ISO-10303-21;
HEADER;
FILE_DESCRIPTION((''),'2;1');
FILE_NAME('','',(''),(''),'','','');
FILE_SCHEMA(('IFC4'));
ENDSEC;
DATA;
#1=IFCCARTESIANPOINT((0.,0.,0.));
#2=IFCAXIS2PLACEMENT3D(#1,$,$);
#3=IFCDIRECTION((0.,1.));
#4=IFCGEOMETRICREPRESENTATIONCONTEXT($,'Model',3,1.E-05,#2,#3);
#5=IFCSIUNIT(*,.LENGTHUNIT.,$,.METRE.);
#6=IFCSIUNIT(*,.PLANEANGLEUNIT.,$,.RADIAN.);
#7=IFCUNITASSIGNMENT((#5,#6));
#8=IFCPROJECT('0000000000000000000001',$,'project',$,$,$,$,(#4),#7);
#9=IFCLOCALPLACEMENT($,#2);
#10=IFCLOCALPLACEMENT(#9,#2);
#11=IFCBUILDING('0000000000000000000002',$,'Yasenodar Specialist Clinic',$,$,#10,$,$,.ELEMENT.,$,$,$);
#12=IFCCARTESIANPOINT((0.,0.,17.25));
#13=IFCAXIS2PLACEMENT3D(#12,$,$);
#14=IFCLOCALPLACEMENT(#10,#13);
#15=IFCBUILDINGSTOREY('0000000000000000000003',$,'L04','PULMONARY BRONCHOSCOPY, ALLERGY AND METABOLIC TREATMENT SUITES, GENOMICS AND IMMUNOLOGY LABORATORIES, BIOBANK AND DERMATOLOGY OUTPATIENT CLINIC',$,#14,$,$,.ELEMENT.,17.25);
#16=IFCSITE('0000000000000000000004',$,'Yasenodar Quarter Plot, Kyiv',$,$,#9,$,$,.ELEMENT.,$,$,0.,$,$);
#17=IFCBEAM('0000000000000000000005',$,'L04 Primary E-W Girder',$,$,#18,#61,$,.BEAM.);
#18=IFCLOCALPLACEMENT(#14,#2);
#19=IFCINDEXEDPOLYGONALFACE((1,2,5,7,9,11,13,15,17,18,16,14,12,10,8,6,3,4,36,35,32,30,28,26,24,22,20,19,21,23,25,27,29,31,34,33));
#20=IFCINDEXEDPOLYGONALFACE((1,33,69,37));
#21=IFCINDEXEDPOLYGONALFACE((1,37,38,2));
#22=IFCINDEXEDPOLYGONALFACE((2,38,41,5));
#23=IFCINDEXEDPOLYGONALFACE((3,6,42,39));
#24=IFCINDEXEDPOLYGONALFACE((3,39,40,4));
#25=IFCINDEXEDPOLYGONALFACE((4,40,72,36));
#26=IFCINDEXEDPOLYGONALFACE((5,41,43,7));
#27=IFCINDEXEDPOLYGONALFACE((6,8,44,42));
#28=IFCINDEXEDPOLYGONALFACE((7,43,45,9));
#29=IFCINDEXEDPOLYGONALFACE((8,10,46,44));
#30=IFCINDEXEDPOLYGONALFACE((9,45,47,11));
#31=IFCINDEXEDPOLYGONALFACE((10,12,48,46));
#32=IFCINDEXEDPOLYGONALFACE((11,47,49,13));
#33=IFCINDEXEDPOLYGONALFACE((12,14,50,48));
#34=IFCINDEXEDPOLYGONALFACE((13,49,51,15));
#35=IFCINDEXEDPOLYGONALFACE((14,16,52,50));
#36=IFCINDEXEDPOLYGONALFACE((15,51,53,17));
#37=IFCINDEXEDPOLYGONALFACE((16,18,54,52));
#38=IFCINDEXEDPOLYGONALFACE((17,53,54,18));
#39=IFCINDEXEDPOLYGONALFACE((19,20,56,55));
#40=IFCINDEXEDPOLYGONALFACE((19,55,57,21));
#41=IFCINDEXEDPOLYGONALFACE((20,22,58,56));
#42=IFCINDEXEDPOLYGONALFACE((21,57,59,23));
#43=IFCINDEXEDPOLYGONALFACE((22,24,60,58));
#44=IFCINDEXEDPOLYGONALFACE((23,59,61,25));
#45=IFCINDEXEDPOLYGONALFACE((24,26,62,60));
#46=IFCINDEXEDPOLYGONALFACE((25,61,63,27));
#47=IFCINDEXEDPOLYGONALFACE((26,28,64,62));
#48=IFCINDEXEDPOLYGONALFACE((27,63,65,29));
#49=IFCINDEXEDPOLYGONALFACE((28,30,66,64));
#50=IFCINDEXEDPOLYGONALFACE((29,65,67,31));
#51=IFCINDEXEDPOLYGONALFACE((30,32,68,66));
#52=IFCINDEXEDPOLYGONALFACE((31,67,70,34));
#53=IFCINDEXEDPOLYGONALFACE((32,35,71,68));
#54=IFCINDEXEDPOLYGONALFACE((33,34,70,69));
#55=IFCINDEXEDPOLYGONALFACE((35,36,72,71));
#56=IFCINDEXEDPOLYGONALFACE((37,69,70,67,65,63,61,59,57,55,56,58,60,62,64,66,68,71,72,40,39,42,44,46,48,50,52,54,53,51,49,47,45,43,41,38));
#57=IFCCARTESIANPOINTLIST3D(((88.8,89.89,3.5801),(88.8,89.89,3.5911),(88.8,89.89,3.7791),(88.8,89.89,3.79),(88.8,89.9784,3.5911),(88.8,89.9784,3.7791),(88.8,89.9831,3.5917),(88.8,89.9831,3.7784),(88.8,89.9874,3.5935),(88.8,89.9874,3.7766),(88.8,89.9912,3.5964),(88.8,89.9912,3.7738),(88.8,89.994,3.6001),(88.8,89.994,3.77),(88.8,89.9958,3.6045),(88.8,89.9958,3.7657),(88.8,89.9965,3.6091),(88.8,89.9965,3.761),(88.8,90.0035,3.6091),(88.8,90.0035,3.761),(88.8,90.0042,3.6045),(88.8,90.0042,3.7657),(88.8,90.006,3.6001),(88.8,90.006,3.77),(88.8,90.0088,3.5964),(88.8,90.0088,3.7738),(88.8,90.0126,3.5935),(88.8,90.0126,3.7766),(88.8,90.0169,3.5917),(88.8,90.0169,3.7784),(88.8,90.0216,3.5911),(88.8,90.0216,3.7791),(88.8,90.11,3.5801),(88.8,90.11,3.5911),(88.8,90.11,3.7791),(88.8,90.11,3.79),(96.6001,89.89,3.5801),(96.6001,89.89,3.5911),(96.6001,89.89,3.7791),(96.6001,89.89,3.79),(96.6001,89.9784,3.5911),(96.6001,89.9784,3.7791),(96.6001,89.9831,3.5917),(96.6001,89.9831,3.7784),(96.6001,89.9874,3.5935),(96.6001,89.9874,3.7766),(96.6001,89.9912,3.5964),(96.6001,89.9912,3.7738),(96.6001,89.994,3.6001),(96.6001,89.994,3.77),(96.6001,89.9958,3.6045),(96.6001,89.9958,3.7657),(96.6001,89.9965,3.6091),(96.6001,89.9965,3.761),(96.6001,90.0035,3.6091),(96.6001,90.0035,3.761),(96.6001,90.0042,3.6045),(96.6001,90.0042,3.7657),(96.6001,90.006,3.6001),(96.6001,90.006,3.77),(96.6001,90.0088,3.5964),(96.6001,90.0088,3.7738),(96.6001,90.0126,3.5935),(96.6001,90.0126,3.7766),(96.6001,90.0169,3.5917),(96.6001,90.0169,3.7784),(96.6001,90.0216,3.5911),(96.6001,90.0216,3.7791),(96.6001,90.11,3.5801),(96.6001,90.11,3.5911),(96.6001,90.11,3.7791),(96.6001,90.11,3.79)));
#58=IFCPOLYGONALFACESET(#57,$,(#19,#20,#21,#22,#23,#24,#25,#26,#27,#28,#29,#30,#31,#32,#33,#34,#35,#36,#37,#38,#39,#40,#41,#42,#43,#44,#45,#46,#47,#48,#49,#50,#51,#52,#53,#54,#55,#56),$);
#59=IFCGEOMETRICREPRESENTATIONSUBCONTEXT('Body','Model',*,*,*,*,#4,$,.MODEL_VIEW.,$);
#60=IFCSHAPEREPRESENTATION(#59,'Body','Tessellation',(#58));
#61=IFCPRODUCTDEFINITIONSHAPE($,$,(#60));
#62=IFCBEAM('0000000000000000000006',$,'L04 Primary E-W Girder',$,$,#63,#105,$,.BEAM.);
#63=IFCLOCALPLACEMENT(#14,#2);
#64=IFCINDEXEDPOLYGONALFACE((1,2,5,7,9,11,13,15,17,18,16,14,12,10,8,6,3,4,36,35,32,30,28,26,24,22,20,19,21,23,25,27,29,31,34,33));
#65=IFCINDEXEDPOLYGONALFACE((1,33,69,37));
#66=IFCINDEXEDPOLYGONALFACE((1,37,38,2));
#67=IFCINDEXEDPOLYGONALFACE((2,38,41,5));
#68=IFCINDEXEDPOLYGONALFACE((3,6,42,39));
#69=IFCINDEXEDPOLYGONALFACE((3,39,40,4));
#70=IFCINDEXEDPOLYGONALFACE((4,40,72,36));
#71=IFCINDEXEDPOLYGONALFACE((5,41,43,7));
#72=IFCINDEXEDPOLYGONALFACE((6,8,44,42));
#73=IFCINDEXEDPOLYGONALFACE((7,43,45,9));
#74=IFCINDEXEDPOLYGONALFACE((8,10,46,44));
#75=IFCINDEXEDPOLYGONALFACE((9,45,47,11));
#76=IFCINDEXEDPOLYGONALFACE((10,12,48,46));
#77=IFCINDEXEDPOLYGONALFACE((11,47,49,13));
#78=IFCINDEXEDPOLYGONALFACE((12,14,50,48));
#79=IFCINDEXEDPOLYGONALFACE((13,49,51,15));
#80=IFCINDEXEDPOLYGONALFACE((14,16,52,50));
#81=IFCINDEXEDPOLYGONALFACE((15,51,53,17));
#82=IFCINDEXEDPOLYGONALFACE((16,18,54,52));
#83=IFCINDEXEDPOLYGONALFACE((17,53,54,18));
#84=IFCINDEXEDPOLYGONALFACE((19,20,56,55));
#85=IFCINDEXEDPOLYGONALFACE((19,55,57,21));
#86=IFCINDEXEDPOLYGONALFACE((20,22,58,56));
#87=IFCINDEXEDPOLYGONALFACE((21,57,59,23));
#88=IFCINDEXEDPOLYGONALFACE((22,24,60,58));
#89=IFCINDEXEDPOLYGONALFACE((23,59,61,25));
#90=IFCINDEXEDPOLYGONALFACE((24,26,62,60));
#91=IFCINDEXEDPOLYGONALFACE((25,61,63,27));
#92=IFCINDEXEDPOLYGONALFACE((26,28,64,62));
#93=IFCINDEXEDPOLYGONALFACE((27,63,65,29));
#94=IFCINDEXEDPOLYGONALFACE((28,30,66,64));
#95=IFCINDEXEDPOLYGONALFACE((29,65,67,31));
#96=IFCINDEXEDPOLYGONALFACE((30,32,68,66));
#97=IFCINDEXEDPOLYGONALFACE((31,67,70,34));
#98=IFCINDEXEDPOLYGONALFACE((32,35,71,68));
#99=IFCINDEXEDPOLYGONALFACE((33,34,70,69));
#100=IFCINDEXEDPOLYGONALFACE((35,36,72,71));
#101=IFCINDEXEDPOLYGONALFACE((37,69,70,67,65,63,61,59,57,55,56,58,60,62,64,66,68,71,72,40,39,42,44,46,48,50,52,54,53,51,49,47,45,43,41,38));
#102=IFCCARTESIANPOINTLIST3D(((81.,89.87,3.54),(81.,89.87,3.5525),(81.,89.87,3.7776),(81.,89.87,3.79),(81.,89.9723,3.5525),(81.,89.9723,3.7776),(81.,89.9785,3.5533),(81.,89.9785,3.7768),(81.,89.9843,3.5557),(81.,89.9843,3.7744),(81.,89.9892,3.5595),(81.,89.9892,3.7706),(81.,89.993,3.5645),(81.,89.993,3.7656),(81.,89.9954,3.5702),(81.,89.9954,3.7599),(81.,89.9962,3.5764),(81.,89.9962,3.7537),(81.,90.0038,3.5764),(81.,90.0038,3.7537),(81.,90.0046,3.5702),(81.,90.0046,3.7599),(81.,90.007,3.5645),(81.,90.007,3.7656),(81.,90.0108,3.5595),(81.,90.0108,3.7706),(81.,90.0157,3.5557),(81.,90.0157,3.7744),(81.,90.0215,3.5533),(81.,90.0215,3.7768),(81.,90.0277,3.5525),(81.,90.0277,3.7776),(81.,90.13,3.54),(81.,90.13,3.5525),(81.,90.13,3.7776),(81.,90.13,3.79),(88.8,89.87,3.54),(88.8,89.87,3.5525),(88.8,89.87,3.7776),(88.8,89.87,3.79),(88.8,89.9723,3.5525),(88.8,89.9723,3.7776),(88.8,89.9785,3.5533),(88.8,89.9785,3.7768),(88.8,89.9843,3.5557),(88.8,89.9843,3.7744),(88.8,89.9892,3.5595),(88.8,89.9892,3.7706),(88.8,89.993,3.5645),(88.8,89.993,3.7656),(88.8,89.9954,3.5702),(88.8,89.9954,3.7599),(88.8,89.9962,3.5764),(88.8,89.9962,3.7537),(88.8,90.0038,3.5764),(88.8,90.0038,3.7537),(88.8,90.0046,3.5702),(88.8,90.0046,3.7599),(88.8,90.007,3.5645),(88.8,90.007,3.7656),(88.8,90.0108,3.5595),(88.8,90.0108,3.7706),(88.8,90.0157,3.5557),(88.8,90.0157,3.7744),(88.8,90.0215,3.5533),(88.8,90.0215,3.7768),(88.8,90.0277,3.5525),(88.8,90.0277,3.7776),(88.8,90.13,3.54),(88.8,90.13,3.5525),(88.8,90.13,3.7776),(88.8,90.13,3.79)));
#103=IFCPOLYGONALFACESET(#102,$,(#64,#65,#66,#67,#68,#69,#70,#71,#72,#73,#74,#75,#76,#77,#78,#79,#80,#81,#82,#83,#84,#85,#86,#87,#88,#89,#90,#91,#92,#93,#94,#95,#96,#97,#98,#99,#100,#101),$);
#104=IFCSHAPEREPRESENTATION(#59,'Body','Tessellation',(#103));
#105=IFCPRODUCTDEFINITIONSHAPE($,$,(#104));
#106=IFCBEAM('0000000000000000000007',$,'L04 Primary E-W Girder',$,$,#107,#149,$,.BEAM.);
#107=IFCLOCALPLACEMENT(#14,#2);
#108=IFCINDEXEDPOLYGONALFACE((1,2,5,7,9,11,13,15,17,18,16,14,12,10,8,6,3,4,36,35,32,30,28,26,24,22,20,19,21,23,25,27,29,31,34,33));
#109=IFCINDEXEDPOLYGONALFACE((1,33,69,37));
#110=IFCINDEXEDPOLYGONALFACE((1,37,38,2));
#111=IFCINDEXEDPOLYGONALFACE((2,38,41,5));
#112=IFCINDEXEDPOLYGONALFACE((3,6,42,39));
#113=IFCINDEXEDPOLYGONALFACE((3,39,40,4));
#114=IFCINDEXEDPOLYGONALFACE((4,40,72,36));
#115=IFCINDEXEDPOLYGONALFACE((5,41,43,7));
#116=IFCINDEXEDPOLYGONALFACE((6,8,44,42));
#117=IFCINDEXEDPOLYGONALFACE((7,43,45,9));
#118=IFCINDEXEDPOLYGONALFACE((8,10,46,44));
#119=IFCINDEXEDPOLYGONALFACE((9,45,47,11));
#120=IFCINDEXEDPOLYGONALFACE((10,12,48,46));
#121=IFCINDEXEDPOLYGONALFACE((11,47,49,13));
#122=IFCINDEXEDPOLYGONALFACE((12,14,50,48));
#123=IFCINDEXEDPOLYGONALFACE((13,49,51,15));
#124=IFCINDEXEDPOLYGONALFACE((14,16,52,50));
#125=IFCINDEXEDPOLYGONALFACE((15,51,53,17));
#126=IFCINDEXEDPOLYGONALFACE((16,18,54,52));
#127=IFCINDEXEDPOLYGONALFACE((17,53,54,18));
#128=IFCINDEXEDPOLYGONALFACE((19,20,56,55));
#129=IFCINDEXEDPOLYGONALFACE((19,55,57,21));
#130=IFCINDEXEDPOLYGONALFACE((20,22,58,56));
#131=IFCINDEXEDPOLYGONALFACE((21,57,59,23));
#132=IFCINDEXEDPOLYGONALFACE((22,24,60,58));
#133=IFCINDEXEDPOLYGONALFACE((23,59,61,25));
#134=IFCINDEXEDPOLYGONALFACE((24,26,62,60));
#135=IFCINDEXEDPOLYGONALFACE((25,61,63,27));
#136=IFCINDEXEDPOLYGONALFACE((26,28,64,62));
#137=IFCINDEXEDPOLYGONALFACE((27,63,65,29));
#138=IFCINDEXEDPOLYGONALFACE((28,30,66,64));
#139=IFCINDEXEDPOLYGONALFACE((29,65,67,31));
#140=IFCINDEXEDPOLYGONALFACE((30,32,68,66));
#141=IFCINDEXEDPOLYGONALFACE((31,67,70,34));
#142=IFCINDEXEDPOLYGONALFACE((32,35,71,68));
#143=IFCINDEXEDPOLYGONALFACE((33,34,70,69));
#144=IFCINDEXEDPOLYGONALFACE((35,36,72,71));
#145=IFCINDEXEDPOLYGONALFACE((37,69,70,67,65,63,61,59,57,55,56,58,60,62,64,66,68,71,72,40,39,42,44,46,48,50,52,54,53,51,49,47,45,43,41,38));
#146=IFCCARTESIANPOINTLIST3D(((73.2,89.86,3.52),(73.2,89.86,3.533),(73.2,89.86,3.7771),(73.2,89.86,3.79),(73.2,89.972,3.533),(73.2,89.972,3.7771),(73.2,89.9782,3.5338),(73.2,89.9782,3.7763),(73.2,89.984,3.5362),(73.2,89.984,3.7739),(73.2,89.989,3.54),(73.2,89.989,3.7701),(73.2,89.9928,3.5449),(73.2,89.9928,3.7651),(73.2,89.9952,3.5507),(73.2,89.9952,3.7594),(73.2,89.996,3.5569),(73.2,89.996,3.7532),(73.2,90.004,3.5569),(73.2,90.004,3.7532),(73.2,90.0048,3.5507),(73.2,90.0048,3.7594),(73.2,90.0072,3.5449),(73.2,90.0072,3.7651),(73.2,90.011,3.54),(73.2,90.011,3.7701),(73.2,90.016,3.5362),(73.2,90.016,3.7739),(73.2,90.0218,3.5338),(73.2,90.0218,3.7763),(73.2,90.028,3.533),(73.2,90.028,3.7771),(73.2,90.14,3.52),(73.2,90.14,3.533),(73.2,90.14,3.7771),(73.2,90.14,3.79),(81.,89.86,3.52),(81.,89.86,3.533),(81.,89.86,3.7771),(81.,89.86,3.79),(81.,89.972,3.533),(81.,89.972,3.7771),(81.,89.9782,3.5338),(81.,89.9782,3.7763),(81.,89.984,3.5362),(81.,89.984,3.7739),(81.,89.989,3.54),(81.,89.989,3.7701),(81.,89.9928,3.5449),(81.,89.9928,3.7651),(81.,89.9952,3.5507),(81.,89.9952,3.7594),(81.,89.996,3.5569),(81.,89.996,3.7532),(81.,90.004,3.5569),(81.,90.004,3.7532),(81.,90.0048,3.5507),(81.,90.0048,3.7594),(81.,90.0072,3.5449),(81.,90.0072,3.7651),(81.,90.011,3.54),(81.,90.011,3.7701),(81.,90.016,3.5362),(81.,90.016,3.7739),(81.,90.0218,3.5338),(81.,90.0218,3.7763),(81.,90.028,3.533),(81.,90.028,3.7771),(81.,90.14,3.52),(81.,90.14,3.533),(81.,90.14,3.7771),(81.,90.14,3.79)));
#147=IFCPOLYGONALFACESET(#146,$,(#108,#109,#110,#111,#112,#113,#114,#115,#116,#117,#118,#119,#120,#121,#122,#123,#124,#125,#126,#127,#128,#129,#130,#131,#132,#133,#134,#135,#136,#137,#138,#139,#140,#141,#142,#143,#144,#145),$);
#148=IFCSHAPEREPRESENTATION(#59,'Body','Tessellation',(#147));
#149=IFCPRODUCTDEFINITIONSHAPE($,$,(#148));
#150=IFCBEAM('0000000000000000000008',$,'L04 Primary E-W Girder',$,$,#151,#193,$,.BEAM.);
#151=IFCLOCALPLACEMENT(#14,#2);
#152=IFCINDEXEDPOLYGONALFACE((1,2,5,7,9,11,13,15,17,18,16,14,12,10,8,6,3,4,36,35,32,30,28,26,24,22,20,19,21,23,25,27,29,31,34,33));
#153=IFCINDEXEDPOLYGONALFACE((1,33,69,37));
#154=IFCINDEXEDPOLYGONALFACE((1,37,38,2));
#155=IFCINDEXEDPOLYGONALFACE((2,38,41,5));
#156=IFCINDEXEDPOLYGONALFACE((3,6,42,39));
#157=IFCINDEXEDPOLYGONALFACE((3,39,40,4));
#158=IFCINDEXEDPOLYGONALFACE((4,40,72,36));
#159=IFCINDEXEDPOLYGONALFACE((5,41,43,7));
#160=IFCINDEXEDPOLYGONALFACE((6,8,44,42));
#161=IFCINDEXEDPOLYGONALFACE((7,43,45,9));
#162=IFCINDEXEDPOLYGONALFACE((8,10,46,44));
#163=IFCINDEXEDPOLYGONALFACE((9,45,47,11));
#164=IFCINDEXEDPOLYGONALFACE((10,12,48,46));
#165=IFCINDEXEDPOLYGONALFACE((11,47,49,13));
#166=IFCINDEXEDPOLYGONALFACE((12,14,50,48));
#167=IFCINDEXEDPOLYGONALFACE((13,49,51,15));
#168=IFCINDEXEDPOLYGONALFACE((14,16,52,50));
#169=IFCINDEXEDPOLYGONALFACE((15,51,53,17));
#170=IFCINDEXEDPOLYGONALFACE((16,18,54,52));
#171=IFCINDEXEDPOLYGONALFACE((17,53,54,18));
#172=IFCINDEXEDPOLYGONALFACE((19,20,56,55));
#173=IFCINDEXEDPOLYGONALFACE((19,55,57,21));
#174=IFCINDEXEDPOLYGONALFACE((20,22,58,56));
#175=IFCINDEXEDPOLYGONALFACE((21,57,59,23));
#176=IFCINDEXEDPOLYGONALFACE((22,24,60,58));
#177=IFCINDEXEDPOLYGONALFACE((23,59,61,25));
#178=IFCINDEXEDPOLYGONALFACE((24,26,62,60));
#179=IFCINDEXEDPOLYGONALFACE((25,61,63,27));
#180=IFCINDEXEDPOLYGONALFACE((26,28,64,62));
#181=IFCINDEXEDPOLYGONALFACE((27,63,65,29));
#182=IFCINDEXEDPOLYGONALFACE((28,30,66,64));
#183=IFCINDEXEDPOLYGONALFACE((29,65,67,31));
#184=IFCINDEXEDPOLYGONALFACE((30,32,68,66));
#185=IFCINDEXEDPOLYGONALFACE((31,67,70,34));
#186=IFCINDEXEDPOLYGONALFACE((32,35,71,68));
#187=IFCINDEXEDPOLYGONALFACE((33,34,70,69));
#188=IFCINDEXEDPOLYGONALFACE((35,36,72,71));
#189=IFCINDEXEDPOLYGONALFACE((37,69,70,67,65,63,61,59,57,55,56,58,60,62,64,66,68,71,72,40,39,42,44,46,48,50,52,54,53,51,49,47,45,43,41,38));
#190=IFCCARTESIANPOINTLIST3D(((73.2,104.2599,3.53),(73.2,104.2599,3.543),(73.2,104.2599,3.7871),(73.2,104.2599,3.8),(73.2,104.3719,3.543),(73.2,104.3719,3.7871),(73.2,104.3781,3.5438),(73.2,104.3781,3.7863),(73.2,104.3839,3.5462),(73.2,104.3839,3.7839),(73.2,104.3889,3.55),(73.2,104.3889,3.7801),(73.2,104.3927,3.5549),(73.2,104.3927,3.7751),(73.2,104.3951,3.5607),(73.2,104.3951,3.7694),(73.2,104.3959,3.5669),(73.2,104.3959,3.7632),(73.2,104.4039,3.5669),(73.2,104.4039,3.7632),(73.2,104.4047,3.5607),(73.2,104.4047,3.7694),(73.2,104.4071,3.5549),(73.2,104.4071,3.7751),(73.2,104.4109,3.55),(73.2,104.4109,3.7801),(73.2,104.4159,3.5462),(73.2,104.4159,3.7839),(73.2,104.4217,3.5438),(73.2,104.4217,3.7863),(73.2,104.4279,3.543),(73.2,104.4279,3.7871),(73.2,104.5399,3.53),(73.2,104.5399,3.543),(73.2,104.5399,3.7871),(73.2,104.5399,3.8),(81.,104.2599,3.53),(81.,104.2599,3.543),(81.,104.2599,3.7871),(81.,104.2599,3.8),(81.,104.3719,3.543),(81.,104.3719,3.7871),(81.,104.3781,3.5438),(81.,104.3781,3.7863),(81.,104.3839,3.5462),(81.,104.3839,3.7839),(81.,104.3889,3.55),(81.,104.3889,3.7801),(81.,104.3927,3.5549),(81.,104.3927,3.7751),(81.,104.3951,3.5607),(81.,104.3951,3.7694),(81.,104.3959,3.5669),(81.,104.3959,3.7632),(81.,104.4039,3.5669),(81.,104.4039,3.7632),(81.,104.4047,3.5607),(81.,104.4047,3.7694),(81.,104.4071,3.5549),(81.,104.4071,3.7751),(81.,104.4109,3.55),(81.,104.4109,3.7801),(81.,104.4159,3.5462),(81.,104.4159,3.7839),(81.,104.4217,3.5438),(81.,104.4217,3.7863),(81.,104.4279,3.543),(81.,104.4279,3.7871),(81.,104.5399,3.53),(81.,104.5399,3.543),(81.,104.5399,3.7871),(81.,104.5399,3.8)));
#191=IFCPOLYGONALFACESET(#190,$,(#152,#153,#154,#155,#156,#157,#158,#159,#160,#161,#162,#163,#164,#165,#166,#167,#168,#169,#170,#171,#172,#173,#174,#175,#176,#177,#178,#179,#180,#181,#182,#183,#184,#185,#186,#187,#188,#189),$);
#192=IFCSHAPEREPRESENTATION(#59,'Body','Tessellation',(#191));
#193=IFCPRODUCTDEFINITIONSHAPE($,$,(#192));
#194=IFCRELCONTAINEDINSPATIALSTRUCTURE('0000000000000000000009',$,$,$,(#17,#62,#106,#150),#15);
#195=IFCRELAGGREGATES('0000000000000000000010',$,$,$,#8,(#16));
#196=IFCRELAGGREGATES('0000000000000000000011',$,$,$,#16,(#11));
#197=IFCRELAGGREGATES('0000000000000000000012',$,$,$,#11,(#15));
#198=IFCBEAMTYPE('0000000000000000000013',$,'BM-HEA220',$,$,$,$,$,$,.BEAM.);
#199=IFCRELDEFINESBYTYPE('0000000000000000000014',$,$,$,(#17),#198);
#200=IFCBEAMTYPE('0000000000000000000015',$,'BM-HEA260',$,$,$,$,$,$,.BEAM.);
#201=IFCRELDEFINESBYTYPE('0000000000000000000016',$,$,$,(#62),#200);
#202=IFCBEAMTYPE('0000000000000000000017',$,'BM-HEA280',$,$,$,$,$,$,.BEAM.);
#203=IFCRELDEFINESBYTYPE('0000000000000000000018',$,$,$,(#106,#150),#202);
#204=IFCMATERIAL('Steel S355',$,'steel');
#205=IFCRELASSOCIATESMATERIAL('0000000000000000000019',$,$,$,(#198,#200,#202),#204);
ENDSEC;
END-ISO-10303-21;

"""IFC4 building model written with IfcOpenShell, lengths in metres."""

from ifc_helpers import new_model, si_unit, direction, frame, origin, origin_2d, place, context, subcontext, project, spatial, i_section, extrude, material, material_profile, profile_set, type_object, element, save


model = new_model("IFC4")

# Units and contexts
model_context = context("Model", 3, precision=1e-05, world=origin(), true_north=direction((0.0, 1.0)))
body_context = subcontext(model_context, "Body", "Model", "MODEL_VIEW")
ifc_project = project(units=[si_unit("LENGTHUNIT", "METRE"), si_unit("PLANEANGLEUNIT", "RADIAN")], contexts=[model_context])

# Site, building, storey
site_placement = place(None, origin())
site = spatial("IfcSite", under=ifc_project, at=site_placement, Name="Yasenodar Quarter Plot, Kyiv", CompositionType="ELEMENT", RefElevation=0.0)
building_placement = place(site_placement, origin())
building = spatial("IfcBuilding", under=site, at=building_placement, Name="Yasenodar Specialist Clinic", CompositionType="ELEMENT")
storey_placement = place(building_placement, frame((0.0, 0.0, 17.25)))
storey = spatial("IfcBuildingStorey", under=building, at=storey_placement, Name="L04", Description="PULMONARY BRONCHOSCOPY, ALLERGY AND METABOLIC TREATMENT SUITES, GENOMICS AND IMMUNOLOGY LABORATORIES, BIOBANK AND DERMATOLOGY OUTPATIENT CLINIC", CompositionType="ELEMENT", Elevation=17.25)

# Shared definitions
ifc_material_1 = material(Name="Steel S355", Category="steel")

# Beams
ifc_material_profile_1 = material_profile(ifc_material_1, i_section(OverallWidth=0.22, OverallDepth=0.21, WebThickness=0.0071, FlangeThickness=0.011, FilletRadius=0.0181, at=origin_2d()), Name="HEA 220")
ifc_profile_set_1 = profile_set([ifc_material_profile_1], Name="Steel S355")
beam_type_1 = type_object("IfcBeamType", Name="BM-HEA220", PredefinedType="BEAM", material=ifc_profile_set_1)
beam_1_placement = place(storey_placement, frame((88.8, 90.0, 3.6851), z_axis=(1.0, 0.0, 0.0), x_axis=(0.0, 1.0, 0.0)))
element("IfcBeam", 1, at=beam_1_placement, inside=storey, type_object=beam_type_1, Name="L04 Primary E-W Girder", PredefinedType="BEAM", context=body_context, shape_type="SweptSolid", body=[
    extrude(i_section(OverallWidth=0.22, OverallDepth=0.21, WebThickness=0.0071, FlangeThickness=0.011, FilletRadius=0.0181, at=origin_2d()), origin(), (0.0, 0.0, 1.0), 7.8),
])
ifc_material_profile_2 = material_profile(ifc_material_1, i_section(OverallWidth=0.26, OverallDepth=0.25, WebThickness=0.0076, FlangeThickness=0.0125, FilletRadius=0.0239, at=origin_2d()), Name="HEA 260")
ifc_profile_set_2 = profile_set([ifc_material_profile_2], Name="Steel S355")
beam_type_2 = type_object("IfcBeamType", Name="BM-HEA260", PredefinedType="BEAM", material=ifc_profile_set_2)
beam_2_placement = place(storey_placement, frame((81.0, 90.0, 3.665), z_axis=(1.0, 0.0, 0.0), x_axis=(0.0, 1.0, 0.0)))
element("IfcBeam", 2, at=beam_2_placement, inside=storey, type_object=beam_type_2, Name="L04 Primary E-W Girder", PredefinedType="BEAM", context=body_context, shape_type="SweptSolid", body=[
    extrude(i_section(OverallWidth=0.26, OverallDepth=0.25, WebThickness=0.0076, FlangeThickness=0.0125, FilletRadius=0.0239, at=origin_2d()), origin(), (0.0, 0.0, 1.0), 7.8),
])
ifc_material_profile_3 = material_profile(ifc_material_1, i_section(OverallWidth=0.28, OverallDepth=0.27, WebThickness=0.0081, FlangeThickness=0.0129, FilletRadius=0.0239, at=origin_2d()), Name="HEA 280")
ifc_profile_set_3 = profile_set([ifc_material_profile_3], Name="Steel S355")
beam_type_3 = type_object("IfcBeamType", Name="BM-HEA280", PredefinedType="BEAM", material=ifc_profile_set_3)
for number, where, z_axis, x_axis, name in (
    (3, (73.2, 90.0, 3.655), (1.0, 0.0, 0.0), (0.0, 1.0, 0.0), "L04 Primary E-W Girder"),
    (4, (73.2, 104.3999, 3.665), (1.0, 0.0, 0.0), (0.0, 1.0, 0.0), "L04 Primary E-W Girder"),
):
    element("IfcBeam", number, at=place(storey_placement, frame(where, z_axis=z_axis, x_axis=x_axis)), inside=storey, type_object=beam_type_3, Name=name, PredefinedType="BEAM", context=body_context, shape_type="SweptSolid", body=[
        extrude(i_section(OverallWidth=0.28, OverallDepth=0.27, WebThickness=0.0081, FlangeThickness=0.0129, FilletRadius=0.0239, at=origin_2d()), origin(), (0.0, 0.0, 1.0), 7.8),
    ])

save(model, "model.ifc")
